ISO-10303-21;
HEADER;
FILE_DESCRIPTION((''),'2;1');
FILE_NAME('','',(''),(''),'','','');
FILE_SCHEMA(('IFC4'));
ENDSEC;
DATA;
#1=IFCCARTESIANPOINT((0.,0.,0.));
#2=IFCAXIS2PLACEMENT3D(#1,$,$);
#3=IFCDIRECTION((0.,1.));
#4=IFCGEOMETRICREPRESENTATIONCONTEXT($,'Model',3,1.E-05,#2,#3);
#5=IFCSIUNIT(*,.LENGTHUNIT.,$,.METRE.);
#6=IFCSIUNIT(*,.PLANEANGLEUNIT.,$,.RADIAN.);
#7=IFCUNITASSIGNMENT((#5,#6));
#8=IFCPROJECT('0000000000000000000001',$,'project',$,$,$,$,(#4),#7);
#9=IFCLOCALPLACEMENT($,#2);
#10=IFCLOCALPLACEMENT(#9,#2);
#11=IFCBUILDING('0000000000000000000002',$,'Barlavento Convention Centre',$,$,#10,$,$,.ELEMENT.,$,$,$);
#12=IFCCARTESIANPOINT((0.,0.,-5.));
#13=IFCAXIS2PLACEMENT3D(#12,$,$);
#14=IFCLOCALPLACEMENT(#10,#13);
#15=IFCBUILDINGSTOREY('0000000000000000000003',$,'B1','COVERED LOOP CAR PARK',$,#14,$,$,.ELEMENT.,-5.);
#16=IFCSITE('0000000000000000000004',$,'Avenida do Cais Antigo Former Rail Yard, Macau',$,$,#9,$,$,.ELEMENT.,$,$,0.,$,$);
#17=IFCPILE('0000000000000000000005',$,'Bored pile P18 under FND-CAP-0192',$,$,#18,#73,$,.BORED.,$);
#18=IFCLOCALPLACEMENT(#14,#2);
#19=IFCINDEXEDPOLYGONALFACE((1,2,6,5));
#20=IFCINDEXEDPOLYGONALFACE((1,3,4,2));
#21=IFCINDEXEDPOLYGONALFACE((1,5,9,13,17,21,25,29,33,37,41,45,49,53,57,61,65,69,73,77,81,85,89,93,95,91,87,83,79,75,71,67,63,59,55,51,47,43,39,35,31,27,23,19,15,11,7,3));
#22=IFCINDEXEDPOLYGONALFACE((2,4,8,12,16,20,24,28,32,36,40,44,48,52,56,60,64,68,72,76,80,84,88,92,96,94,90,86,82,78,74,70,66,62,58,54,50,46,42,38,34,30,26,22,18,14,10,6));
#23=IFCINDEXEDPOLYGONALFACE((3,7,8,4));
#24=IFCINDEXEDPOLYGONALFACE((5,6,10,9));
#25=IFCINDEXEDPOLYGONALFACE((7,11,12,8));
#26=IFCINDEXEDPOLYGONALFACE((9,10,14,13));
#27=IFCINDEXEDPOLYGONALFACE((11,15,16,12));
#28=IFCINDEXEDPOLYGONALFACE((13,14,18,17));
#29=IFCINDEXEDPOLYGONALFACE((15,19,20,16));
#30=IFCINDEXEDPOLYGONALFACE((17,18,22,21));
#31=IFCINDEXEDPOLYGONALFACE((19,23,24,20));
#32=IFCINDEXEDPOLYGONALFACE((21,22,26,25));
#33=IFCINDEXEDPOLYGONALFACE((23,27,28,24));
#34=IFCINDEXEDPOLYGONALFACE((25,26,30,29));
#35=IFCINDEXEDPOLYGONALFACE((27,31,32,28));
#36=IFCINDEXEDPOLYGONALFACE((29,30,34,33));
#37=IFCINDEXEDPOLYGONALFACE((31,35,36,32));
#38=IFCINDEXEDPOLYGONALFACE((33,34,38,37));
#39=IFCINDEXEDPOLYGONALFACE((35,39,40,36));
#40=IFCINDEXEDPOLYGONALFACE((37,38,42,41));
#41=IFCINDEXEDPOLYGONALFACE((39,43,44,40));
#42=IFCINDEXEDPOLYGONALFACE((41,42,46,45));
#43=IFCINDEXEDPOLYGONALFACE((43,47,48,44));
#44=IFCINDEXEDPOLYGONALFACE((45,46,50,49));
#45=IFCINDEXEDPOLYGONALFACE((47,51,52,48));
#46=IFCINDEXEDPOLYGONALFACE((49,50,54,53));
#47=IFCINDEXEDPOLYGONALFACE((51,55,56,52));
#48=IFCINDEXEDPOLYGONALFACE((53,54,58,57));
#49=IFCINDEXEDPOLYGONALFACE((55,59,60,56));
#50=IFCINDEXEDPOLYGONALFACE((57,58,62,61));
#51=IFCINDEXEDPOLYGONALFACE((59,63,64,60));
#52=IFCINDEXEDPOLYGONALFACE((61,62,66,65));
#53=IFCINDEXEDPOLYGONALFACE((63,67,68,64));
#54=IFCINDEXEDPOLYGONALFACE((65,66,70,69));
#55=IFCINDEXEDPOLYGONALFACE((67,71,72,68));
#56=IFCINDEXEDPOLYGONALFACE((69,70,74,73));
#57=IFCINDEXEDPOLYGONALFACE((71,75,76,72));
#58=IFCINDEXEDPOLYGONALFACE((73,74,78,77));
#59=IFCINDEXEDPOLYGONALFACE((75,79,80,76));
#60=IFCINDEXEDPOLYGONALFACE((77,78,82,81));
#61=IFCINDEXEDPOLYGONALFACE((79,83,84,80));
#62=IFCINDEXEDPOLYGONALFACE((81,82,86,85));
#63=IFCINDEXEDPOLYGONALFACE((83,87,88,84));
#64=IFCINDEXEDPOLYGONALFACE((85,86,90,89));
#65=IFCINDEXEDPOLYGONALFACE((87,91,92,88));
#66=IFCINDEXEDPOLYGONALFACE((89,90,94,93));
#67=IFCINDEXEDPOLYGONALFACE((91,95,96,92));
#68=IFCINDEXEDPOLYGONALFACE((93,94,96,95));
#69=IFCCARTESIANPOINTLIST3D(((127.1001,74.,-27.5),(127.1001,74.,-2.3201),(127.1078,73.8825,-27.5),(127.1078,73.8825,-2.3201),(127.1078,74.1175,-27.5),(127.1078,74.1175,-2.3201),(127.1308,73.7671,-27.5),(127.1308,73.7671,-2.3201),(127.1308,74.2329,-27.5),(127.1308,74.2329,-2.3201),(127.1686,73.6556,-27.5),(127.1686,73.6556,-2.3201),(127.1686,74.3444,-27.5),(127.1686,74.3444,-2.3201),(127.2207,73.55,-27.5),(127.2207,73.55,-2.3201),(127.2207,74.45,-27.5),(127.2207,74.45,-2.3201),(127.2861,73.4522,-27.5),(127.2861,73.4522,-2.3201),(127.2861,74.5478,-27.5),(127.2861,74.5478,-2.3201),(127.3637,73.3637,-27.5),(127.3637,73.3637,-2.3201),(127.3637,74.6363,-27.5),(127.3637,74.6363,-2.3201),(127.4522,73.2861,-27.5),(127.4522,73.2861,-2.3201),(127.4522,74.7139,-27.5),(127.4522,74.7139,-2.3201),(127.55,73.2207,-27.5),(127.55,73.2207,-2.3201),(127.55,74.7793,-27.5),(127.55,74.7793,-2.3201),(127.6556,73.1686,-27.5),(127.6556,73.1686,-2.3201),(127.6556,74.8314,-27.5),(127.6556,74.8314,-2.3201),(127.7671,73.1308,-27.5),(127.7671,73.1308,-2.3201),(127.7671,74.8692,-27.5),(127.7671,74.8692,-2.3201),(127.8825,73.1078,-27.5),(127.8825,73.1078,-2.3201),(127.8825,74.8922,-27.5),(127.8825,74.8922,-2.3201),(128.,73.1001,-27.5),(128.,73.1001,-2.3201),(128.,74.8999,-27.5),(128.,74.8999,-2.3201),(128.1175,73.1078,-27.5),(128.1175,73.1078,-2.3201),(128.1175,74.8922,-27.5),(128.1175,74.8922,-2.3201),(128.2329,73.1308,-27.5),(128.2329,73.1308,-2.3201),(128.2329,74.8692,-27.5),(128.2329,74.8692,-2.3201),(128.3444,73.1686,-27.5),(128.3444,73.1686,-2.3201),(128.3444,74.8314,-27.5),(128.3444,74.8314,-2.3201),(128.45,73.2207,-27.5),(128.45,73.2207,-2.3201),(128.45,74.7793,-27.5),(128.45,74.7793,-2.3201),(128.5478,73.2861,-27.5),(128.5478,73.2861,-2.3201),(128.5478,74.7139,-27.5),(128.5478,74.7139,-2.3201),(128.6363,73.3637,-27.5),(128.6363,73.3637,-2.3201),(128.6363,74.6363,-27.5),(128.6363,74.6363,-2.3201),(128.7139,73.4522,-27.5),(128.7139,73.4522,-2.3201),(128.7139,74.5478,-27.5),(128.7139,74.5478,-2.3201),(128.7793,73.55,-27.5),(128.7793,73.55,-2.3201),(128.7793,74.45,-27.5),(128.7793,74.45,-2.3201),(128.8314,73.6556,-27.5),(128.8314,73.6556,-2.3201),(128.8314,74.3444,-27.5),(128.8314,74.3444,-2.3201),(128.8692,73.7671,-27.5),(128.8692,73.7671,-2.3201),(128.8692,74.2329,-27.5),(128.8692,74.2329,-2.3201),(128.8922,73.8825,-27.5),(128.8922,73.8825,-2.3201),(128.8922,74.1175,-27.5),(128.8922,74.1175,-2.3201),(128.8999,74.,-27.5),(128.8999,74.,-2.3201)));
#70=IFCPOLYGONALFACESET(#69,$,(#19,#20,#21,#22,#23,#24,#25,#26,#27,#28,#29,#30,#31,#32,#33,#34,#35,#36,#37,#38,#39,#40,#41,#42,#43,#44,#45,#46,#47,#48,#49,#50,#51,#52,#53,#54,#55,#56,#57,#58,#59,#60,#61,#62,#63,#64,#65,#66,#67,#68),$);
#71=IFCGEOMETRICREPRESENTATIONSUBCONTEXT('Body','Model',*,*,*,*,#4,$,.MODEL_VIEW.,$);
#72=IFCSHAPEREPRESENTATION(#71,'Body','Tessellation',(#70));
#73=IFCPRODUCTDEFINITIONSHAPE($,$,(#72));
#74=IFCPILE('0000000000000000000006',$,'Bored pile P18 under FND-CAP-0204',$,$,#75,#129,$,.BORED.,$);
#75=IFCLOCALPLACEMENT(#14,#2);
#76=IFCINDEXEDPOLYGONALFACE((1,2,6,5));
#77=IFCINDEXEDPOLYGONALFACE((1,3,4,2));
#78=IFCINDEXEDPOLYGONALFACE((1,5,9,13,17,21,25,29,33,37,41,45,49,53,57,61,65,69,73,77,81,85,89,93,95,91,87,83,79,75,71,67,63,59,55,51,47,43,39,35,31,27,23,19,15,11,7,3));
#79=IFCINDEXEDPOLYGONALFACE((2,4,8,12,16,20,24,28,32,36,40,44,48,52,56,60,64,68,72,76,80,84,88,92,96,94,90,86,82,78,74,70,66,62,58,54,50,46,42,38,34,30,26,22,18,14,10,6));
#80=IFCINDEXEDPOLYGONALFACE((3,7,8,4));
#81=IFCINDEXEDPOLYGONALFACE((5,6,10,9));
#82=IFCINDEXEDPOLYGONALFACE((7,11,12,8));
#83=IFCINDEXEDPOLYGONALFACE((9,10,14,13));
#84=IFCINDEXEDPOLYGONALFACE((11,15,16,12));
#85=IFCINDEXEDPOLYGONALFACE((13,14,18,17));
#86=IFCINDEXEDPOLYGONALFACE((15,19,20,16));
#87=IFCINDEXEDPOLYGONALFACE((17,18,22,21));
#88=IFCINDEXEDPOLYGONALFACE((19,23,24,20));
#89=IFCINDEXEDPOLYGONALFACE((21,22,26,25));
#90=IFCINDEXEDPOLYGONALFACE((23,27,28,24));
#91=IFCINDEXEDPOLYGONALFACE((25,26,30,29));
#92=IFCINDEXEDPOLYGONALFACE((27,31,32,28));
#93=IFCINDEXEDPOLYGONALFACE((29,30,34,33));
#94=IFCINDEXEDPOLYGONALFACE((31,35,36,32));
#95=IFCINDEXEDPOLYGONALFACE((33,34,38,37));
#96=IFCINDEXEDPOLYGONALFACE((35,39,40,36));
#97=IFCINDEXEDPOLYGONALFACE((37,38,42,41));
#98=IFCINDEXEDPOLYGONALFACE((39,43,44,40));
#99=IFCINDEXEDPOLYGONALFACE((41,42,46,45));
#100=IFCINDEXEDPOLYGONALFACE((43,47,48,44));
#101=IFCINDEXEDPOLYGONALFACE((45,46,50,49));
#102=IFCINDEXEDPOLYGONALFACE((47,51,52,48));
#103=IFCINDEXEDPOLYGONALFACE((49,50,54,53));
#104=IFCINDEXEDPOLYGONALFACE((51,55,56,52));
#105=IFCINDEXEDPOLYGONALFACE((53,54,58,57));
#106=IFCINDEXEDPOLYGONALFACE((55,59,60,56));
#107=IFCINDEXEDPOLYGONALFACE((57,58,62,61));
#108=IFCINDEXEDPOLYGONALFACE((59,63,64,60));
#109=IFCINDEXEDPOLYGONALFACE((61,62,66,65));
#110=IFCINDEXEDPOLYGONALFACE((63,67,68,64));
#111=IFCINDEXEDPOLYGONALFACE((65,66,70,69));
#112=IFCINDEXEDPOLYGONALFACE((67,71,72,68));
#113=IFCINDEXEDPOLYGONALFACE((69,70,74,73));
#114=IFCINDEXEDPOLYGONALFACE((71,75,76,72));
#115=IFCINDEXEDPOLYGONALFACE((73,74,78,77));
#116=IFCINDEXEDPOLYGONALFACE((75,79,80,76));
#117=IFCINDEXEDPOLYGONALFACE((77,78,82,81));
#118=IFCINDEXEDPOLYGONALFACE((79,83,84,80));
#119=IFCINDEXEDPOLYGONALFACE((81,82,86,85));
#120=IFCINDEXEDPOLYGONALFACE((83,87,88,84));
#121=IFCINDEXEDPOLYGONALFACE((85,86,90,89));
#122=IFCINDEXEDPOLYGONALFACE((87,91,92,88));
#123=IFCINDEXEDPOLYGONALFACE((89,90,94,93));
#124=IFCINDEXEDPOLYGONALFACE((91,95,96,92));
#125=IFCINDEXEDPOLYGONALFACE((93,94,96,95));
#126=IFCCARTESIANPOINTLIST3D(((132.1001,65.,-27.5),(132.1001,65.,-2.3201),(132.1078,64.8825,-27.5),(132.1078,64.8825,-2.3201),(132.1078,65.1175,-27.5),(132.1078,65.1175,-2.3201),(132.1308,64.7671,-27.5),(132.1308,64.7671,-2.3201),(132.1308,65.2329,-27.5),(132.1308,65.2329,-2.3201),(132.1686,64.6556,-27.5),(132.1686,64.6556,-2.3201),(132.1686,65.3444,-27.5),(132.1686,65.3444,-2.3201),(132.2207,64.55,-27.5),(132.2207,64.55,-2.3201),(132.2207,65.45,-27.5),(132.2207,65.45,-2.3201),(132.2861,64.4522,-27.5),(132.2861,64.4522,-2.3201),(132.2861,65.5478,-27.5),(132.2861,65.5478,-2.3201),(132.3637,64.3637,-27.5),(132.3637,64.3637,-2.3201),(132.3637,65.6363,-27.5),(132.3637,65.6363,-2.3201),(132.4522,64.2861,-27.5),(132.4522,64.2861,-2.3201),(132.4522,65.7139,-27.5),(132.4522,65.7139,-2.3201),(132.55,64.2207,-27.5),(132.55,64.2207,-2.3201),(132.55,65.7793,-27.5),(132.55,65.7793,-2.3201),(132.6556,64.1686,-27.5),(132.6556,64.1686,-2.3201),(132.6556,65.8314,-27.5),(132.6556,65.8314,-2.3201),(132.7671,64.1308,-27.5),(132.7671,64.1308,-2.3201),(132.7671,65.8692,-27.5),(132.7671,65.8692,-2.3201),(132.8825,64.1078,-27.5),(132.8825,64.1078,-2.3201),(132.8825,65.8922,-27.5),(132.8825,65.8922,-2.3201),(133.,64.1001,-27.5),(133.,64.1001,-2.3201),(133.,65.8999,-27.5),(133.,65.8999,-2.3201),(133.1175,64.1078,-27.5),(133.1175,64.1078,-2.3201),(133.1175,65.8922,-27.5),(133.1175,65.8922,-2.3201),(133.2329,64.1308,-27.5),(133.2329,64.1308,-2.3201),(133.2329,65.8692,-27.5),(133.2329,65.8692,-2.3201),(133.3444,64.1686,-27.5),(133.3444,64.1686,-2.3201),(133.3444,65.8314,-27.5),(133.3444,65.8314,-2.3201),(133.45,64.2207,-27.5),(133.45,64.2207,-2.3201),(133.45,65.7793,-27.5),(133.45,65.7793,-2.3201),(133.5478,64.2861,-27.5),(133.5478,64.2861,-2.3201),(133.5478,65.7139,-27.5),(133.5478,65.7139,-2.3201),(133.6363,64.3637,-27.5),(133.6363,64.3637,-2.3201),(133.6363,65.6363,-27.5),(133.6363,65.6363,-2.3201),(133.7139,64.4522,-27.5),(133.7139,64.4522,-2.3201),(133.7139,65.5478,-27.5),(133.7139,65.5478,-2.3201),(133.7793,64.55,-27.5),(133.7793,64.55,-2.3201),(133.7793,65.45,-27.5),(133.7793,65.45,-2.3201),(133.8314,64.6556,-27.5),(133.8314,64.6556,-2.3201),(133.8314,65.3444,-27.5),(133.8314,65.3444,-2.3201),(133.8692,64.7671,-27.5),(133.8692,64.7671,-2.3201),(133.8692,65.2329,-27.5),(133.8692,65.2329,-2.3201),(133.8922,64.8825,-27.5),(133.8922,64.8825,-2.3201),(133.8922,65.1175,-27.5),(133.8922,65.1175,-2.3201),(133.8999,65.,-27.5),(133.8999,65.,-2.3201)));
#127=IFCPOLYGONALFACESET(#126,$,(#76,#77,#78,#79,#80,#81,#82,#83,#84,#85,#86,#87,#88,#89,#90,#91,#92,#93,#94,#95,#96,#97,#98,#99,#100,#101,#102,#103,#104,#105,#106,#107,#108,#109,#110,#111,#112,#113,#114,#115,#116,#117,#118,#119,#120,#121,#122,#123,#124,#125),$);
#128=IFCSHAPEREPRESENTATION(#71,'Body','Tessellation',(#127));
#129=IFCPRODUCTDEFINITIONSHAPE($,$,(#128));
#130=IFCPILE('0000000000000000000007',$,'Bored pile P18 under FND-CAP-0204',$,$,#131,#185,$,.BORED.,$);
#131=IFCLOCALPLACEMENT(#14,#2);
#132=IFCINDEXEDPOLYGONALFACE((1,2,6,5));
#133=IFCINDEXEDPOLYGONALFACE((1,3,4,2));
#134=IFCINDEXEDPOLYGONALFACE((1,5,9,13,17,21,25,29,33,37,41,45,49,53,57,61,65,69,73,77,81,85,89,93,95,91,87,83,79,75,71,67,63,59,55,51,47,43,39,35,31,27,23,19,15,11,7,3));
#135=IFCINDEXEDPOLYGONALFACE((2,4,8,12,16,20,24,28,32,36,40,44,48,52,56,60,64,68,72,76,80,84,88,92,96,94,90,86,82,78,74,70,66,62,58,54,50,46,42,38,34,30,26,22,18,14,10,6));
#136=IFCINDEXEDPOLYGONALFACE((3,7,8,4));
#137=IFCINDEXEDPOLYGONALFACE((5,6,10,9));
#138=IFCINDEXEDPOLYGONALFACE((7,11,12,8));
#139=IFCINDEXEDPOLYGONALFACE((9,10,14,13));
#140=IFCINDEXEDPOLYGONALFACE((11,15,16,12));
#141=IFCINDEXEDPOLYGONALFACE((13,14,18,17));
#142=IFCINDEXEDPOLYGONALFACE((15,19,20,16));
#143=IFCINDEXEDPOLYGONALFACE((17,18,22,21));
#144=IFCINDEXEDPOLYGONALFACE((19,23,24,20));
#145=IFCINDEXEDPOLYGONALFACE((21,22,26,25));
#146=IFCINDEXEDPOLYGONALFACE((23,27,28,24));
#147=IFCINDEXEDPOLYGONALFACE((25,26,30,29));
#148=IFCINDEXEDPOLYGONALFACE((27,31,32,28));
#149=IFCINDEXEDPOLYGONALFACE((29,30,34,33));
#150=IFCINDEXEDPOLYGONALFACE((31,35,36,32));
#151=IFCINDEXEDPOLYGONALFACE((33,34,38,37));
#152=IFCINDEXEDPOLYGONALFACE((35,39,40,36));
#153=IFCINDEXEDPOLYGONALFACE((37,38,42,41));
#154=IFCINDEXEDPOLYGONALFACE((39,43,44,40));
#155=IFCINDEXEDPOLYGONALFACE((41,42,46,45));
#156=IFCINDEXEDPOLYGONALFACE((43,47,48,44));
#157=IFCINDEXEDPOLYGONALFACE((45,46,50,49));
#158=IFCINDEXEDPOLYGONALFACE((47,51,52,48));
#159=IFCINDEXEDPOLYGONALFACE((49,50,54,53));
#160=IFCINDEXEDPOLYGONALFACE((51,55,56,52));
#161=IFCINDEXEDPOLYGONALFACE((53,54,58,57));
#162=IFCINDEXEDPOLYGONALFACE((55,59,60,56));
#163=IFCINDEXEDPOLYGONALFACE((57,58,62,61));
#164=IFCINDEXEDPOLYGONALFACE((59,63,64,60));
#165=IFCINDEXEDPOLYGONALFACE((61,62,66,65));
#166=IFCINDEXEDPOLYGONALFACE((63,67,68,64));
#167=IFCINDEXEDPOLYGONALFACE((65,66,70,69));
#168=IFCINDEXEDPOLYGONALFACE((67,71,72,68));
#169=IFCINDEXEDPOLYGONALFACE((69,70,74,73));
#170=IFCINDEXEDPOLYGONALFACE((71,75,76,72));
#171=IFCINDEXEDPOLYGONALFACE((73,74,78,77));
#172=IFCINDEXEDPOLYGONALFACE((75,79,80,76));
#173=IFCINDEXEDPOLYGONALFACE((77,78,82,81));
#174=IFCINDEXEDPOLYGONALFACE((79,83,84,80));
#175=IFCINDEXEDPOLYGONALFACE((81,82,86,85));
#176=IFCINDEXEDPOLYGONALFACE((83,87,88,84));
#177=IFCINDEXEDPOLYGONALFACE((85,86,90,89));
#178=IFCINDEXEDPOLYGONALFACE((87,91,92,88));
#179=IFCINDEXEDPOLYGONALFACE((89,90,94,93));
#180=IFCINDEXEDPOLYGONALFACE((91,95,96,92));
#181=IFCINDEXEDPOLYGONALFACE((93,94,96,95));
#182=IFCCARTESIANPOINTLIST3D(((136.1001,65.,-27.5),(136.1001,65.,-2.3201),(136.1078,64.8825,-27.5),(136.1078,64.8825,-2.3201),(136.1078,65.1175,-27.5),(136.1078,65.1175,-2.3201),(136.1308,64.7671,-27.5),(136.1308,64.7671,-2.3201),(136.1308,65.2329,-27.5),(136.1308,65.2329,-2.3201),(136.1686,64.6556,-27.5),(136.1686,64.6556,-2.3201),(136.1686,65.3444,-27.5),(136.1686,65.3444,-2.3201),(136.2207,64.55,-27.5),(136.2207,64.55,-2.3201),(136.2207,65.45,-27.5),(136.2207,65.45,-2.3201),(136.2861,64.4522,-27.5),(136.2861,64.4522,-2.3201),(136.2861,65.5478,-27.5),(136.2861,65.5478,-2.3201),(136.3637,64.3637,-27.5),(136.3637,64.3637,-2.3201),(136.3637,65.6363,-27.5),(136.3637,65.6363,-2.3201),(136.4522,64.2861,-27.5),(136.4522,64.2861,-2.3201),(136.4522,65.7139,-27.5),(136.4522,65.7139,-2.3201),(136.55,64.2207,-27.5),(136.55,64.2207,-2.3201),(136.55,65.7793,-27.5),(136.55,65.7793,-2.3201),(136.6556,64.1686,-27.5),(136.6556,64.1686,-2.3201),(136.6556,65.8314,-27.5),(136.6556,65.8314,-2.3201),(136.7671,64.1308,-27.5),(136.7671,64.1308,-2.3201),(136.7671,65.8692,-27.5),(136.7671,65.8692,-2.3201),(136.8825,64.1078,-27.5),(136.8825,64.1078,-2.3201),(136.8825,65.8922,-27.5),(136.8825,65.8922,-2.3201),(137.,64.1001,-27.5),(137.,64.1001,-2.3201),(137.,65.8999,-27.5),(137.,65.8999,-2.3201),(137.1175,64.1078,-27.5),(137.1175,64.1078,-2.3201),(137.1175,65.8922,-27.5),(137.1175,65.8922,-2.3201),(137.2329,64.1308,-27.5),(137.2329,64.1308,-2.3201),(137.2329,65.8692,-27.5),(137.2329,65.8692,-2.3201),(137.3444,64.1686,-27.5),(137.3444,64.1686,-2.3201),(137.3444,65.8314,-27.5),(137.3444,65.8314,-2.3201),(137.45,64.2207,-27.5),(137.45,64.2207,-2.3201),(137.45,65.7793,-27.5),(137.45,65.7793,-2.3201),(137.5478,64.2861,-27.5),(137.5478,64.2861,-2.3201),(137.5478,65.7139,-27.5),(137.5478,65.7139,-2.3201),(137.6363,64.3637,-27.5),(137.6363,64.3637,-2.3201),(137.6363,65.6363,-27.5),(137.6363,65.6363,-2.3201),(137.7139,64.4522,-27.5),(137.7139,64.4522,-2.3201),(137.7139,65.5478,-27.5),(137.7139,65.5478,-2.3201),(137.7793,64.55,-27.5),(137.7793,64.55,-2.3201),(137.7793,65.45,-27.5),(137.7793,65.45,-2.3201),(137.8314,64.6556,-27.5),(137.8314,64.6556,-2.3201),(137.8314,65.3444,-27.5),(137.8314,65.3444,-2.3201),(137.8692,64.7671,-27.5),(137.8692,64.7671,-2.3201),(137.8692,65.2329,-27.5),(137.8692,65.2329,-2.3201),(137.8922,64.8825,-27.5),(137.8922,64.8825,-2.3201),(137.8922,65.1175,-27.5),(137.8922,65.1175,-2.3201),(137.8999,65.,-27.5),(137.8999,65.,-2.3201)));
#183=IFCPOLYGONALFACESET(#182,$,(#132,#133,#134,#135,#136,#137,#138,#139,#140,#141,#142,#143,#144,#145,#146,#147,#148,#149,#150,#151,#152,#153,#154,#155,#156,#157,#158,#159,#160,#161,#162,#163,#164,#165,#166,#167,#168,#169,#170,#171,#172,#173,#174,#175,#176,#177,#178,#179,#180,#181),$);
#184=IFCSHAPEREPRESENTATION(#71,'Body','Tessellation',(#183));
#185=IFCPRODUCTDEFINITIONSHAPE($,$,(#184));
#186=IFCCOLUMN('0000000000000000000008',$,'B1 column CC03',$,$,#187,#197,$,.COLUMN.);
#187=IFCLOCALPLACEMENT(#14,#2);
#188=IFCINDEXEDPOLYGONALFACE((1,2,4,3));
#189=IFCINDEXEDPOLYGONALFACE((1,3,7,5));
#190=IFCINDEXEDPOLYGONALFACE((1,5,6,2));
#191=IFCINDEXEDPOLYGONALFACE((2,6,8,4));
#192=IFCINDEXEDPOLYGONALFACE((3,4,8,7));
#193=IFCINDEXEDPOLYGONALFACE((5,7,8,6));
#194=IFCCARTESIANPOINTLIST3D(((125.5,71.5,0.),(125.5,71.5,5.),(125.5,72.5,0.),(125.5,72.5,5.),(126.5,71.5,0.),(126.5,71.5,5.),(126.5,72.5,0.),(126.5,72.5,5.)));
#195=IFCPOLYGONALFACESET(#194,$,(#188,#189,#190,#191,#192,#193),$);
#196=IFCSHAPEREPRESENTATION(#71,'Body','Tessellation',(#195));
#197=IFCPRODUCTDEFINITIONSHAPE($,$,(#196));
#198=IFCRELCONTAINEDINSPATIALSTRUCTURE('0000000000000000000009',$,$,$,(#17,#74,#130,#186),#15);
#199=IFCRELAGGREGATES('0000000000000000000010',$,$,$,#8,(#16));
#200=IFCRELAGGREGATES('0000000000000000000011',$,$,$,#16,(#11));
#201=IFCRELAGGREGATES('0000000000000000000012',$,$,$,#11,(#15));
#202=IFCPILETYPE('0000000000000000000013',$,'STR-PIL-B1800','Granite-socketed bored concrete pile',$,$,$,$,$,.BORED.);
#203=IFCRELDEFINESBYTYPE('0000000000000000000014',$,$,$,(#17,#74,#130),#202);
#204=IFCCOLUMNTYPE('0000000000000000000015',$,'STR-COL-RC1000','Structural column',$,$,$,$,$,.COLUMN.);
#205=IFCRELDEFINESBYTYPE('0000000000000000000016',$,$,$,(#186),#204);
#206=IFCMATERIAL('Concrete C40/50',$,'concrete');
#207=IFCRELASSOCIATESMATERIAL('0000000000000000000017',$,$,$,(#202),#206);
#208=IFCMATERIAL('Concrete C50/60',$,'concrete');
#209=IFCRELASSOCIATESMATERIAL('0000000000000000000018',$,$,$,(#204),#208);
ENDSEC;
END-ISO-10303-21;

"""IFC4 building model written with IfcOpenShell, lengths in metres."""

from ifc_helpers import new_model, si_unit, direction, frame, origin, origin_2d, place, context, subcontext, project, spatial, rectangle, circle, extrude, material, material_profile, profile_set, type_object, element, save


model = new_model("IFC4")

# Units and contexts
model_context = context("Model", 3, precision=1e-05, world=origin(), true_north=direction((0.0, 1.0)))
body_context = subcontext(model_context, "Body", "Model", "MODEL_VIEW")
ifc_project = project(units=[si_unit("LENGTHUNIT", "METRE"), si_unit("PLANEANGLEUNIT", "RADIAN")], contexts=[model_context])

# Site, building, storey
site_placement = place(None, origin())
site = spatial("IfcSite", under=ifc_project, at=site_placement, Name="Avenida do Cais Antigo Former Rail Yard, Macau", CompositionType="ELEMENT", RefElevation=0.0)
building_placement = place(site_placement, origin())
building = spatial("IfcBuilding", under=site, at=building_placement, Name="Barlavento Convention Centre", CompositionType="ELEMENT")
storey_placement = place(building_placement, frame((0.0, 0.0, -5.0)))
storey = spatial("IfcBuildingStorey", under=building, at=storey_placement, Name="B1", Description="COVERED LOOP CAR PARK", CompositionType="ELEMENT", Elevation=-5.0)

# Shared definitions
ifc_material_1 = material(Name="Concrete C40/50", Category="concrete")

# Piles
ifc_material_profile_1 = material_profile(ifc_material_1, circle(Radius=0.8999, at=origin_2d()), Name="BORED PILE 1800")
ifc_profile_set_1 = profile_set([ifc_material_profile_1], Name="Concrete C40/50")
pile_type_1 = type_object("IfcPileType", Name="STR-PIL-B1800", Description="Granite-socketed bored concrete pile", PredefinedType="BORED", material=ifc_profile_set_1)
for number, where, z_axis, x_axis, name in (
    (1, (128.0, 74.0, -2.3201), (0.0, 0.0, -1.0), (1.0, 0.0, 0.0), "Bored pile P18 under FND-CAP-0192"),
    (2, (133.0, 65.0, -2.3201), (0.0, 0.0, -1.0), (1.0, 0.0, 0.0), "Bored pile P18 under FND-CAP-0204"),
    (3, (137.0, 65.0, -2.3201), (0.0, 0.0, -1.0), (1.0, 0.0, 0.0), "Bored pile P18 under FND-CAP-0204"),
):
    element("IfcPile", number, at=place(storey_placement, frame(where, z_axis=z_axis, x_axis=x_axis)), inside=storey, type_object=pile_type_1, Name=name, PredefinedType="BORED", context=body_context, shape_type="SweptSolid", body=[
        extrude(circle(Radius=0.8999, at=origin_2d()), origin(), (0.0, 0.0, 1.0), 25.1799),
    ])

# Column
ifc_material_2 = material(Name="Concrete C50/60", Category="concrete")
ifc_material_profile_2 = material_profile(ifc_material_2, rectangle(XDim=1.0, YDim=1.0, at=origin_2d()), Name="RC 1000x1000")
ifc_profile_set_2 = profile_set([ifc_material_profile_2], Name="Concrete C50/60")
column_type_1 = type_object("IfcColumnType", Name="STR-COL-RC1000", Description="Structural column", PredefinedType="COLUMN", material=ifc_profile_set_2)
column_1_placement = place(storey_placement, frame((126.0, 72.0, 0.0), z_axis=(0.0, 0.0, 1.0), x_axis=(1.0, 0.0, 0.0)))
element("IfcColumn", 4, at=column_1_placement, inside=storey, type_object=column_type_1, Name="B1 column CC03", PredefinedType="COLUMN", context=body_context, shape_type="SweptSolid", body=[
    extrude(rectangle(XDim=1.0, YDim=1.0, at=origin_2d()), origin(), (0.0, 0.0, 1.0), 5.0),
])

save(model, "model.ifc")
